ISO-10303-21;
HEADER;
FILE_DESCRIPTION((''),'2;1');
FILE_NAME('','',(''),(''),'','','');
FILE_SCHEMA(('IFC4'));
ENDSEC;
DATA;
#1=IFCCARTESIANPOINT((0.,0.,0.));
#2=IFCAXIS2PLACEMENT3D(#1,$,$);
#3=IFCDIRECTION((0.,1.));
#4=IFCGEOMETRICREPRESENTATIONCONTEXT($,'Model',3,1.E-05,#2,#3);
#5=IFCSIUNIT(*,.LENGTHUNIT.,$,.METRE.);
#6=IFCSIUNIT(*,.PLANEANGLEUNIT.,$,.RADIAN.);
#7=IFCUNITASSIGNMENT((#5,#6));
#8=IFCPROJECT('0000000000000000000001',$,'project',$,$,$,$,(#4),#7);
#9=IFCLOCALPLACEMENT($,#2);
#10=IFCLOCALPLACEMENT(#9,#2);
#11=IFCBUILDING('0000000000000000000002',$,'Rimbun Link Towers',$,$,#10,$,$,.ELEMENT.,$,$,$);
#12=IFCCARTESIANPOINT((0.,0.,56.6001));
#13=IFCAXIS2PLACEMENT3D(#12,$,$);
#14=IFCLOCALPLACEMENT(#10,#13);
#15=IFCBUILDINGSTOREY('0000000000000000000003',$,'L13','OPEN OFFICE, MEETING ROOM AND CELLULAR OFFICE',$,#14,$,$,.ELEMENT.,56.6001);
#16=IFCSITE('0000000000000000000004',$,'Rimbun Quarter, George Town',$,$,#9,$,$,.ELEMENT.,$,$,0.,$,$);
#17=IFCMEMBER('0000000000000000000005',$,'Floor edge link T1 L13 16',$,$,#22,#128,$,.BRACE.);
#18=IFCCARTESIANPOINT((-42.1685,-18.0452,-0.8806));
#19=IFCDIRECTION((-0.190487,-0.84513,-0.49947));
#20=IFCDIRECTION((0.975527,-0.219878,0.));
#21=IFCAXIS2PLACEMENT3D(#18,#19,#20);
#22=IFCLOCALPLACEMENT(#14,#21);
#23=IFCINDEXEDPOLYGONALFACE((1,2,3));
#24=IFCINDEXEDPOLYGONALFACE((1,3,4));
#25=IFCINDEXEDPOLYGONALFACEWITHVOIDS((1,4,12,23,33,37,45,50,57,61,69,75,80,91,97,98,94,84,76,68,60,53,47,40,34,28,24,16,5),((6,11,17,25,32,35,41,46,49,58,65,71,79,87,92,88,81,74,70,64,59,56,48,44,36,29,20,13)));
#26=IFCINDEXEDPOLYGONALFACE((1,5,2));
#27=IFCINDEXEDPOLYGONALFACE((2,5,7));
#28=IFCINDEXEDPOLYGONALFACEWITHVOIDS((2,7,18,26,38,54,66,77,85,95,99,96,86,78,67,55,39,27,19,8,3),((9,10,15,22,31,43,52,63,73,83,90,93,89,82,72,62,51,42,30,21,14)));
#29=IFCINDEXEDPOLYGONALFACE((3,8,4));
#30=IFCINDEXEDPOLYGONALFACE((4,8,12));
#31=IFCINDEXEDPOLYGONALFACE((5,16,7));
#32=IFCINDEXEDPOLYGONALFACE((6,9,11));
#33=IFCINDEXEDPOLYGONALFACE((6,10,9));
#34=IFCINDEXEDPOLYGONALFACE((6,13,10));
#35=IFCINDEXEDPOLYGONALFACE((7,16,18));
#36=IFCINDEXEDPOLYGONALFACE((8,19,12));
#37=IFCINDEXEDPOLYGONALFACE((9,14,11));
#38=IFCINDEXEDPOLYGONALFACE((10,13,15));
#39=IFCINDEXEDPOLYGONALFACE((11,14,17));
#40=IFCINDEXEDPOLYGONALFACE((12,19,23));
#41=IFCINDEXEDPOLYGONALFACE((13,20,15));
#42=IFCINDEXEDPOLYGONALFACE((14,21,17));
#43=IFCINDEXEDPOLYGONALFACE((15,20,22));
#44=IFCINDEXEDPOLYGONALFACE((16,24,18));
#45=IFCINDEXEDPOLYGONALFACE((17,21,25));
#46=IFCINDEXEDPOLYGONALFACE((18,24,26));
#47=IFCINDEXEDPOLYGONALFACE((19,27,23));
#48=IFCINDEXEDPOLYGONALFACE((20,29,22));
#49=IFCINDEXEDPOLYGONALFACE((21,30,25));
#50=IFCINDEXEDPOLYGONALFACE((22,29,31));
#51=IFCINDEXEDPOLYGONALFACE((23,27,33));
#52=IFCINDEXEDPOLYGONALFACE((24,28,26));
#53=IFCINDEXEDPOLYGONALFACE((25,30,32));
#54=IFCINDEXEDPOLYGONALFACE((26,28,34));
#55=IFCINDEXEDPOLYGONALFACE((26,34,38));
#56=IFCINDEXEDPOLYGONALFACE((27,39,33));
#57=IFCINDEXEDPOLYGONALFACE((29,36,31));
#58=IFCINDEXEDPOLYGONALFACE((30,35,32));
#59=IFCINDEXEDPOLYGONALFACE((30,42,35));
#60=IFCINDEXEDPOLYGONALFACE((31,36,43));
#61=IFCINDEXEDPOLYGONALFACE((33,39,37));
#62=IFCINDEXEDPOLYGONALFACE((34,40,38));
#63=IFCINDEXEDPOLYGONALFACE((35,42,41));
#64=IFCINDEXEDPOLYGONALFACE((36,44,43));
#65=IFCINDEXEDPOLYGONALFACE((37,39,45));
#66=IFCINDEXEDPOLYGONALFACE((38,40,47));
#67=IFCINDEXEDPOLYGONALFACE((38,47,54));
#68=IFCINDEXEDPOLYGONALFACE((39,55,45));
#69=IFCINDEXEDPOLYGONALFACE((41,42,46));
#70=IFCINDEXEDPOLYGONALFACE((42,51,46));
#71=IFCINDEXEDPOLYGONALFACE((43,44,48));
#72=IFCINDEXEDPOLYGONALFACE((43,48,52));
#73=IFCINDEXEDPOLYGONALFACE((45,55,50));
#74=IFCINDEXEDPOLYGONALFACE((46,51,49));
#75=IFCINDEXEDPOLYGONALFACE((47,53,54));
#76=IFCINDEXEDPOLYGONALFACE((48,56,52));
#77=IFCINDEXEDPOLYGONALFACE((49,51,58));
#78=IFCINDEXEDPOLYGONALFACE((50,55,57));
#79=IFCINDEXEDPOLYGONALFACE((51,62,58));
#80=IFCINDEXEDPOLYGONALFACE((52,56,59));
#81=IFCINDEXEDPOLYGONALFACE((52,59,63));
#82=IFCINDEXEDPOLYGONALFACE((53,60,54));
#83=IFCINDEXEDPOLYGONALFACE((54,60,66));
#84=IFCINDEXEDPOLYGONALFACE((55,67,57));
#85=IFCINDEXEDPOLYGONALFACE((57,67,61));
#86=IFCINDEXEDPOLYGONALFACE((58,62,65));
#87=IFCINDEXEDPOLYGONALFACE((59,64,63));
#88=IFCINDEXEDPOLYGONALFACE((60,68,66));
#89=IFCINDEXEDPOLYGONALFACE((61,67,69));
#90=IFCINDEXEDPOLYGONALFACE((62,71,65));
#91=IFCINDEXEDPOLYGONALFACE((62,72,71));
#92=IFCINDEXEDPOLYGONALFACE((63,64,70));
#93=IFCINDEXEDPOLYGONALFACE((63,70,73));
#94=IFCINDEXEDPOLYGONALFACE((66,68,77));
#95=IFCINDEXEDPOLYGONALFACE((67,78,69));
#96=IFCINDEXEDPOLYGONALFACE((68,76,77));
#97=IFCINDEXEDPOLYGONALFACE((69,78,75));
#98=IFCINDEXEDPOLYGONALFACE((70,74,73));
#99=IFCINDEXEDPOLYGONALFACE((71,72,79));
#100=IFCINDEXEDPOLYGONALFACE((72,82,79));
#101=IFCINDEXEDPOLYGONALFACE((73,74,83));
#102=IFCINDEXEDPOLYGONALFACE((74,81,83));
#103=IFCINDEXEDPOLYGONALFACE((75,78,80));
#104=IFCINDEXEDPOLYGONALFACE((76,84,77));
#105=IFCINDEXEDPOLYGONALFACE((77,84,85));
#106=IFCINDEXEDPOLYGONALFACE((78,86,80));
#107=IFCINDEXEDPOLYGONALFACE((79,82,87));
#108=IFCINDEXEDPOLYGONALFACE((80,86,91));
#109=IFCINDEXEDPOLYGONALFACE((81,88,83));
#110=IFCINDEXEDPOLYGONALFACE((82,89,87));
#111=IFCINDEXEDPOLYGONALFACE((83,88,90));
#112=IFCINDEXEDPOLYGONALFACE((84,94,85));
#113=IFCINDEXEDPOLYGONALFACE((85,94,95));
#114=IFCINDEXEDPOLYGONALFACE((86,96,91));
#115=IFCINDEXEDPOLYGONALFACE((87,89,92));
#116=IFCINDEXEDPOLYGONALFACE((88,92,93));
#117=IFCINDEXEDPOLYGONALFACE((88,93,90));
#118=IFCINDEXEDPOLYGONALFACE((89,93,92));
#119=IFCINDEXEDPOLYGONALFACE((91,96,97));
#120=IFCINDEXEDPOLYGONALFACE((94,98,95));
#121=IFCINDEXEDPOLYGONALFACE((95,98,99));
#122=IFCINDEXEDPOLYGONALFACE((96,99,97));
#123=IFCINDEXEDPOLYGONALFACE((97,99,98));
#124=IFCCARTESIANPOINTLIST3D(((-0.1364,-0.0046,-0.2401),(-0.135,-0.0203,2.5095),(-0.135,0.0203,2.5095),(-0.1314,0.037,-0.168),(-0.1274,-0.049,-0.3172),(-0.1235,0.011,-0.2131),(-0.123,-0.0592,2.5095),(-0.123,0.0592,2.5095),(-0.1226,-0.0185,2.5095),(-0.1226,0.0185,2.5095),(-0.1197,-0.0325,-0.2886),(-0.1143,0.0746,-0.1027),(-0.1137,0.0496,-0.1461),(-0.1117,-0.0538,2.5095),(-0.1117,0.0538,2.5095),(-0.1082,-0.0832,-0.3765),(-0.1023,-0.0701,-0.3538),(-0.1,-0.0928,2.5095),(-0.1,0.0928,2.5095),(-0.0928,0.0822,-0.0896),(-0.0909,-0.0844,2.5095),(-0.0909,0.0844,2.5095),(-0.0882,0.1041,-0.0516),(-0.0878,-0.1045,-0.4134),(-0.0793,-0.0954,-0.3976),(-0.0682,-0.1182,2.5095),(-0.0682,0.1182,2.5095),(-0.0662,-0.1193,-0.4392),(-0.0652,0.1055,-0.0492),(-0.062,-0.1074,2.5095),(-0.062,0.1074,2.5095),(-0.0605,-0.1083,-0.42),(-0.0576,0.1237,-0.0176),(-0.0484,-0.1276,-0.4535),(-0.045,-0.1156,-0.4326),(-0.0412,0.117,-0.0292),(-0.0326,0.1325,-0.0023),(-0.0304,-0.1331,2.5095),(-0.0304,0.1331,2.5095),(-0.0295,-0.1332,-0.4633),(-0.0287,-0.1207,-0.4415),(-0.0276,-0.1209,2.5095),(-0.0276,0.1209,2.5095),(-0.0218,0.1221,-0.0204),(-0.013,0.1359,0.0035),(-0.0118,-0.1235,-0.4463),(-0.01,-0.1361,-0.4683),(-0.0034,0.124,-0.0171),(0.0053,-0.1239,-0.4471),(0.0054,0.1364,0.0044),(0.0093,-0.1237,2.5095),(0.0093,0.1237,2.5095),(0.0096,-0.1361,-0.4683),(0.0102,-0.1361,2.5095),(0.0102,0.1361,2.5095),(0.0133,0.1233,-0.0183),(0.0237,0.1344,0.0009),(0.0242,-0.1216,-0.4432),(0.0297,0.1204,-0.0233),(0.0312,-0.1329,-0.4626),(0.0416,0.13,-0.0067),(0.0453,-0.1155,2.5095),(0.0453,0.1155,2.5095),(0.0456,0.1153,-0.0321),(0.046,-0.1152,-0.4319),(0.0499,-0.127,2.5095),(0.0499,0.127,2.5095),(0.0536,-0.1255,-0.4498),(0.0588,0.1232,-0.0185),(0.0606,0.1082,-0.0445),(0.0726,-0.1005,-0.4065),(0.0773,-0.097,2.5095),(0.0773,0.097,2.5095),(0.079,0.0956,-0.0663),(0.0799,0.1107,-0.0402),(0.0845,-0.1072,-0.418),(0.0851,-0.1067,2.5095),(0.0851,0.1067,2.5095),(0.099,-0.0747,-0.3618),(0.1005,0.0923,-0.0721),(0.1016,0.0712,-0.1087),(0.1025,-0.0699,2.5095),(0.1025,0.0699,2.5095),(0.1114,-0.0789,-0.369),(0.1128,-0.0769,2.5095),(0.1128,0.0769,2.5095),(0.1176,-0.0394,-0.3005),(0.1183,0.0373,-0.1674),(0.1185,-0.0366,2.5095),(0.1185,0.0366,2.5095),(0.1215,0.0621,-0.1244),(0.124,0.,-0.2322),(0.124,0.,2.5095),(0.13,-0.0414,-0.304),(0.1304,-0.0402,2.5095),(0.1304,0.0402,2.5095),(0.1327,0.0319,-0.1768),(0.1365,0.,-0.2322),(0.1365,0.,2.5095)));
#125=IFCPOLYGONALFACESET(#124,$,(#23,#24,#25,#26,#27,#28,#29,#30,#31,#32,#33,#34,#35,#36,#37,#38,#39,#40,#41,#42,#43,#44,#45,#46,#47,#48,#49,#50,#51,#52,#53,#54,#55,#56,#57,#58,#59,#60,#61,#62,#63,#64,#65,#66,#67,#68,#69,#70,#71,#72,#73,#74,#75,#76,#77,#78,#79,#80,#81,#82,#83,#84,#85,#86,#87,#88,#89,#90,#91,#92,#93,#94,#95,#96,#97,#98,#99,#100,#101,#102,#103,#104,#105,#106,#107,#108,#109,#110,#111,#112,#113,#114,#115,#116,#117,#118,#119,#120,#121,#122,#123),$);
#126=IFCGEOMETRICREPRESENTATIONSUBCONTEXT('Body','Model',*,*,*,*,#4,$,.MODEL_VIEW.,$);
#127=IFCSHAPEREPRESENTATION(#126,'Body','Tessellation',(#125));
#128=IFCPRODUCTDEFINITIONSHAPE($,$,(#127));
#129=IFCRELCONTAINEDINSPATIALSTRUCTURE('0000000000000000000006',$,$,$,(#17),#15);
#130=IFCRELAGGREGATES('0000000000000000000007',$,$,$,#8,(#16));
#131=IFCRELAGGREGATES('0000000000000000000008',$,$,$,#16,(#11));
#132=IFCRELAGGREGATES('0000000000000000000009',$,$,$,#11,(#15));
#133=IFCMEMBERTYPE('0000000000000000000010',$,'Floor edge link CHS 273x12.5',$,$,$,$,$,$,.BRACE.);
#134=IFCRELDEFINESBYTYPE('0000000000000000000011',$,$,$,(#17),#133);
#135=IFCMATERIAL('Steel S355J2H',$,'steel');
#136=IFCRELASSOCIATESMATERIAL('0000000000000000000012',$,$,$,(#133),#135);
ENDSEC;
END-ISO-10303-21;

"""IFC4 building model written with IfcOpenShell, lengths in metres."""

from ifc_helpers import new_model, si_unit, direction, frame, origin, origin_2d, place, context, subcontext, project, spatial, hollow_circle, extrude, clip, halfspace, material, material_profile, profile_set, type_object, element, save


model = new_model("IFC4")

# Units and contexts
model_context = context("Model", 3, precision=1e-05, world=origin(), true_north=direction((0.0, 1.0)))
body_context = subcontext(model_context, "Body", "Model", "MODEL_VIEW")
ifc_project = project(units=[si_unit("LENGTHUNIT", "METRE"), si_unit("PLANEANGLEUNIT", "RADIAN")], contexts=[model_context])

# Site, building, storey
site_placement = place(None, origin())
site = spatial("IfcSite", under=ifc_project, at=site_placement, Name="Rimbun Quarter, George Town", CompositionType="ELEMENT", RefElevation=0.0)
building_placement = place(site_placement, origin())
building = spatial("IfcBuilding", under=site, at=building_placement, Name="Rimbun Link Towers", CompositionType="ELEMENT")
storey_placement = place(building_placement, frame((0.0, 0.0, 56.6001)))
storey = spatial("IfcBuildingStorey", under=building, at=storey_placement, Name="L13", Description="OPEN OFFICE, MEETING ROOM AND CELLULAR OFFICE", CompositionType="ELEMENT", Elevation=56.6001)

# Member
ifc_material_1 = material(Name="Steel S355J2H", Category="steel")
ifc_material_profile_1 = material_profile(ifc_material_1, hollow_circle(Radius=0.1365, WallThickness=0.0125, at=origin_2d()), Name="CHS 273x12.5")
ifc_profile_set_1 = profile_set([ifc_material_profile_1], Name="Steel S355J2H")
member_type_1 = type_object("IfcMemberType", Name="Floor edge link CHS 273x12.5", PredefinedType="BRACE", material=ifc_profile_set_1)
member_1_placement = place(storey_placement, frame((-42.1685, -18.0452, -0.8806), z_axis=(-0.190487, -0.84513, -0.49947), x_axis=(0.975527, -0.219878, 0.0)))
element("IfcMember", 1, at=member_1_placement, inside=storey, type_object=member_type_1, Name="Floor edge link T1 L13 16", PredefinedType="BRACE", context=body_context, shape_type="Clipping", body=[
    clip(extrude(hollow_circle(Radius=0.1365, WallThickness=0.0125, at=origin_2d()), frame((0.0, 0.0, -0.4934)), (0.0, 0.0, 1.0), 3.0029), halfspace(frame((0.0, 0.0, -0.2322), z_axis=(0.0, 0.866331, -0.49947)), False)),
])

save(model, "model.ifc")
